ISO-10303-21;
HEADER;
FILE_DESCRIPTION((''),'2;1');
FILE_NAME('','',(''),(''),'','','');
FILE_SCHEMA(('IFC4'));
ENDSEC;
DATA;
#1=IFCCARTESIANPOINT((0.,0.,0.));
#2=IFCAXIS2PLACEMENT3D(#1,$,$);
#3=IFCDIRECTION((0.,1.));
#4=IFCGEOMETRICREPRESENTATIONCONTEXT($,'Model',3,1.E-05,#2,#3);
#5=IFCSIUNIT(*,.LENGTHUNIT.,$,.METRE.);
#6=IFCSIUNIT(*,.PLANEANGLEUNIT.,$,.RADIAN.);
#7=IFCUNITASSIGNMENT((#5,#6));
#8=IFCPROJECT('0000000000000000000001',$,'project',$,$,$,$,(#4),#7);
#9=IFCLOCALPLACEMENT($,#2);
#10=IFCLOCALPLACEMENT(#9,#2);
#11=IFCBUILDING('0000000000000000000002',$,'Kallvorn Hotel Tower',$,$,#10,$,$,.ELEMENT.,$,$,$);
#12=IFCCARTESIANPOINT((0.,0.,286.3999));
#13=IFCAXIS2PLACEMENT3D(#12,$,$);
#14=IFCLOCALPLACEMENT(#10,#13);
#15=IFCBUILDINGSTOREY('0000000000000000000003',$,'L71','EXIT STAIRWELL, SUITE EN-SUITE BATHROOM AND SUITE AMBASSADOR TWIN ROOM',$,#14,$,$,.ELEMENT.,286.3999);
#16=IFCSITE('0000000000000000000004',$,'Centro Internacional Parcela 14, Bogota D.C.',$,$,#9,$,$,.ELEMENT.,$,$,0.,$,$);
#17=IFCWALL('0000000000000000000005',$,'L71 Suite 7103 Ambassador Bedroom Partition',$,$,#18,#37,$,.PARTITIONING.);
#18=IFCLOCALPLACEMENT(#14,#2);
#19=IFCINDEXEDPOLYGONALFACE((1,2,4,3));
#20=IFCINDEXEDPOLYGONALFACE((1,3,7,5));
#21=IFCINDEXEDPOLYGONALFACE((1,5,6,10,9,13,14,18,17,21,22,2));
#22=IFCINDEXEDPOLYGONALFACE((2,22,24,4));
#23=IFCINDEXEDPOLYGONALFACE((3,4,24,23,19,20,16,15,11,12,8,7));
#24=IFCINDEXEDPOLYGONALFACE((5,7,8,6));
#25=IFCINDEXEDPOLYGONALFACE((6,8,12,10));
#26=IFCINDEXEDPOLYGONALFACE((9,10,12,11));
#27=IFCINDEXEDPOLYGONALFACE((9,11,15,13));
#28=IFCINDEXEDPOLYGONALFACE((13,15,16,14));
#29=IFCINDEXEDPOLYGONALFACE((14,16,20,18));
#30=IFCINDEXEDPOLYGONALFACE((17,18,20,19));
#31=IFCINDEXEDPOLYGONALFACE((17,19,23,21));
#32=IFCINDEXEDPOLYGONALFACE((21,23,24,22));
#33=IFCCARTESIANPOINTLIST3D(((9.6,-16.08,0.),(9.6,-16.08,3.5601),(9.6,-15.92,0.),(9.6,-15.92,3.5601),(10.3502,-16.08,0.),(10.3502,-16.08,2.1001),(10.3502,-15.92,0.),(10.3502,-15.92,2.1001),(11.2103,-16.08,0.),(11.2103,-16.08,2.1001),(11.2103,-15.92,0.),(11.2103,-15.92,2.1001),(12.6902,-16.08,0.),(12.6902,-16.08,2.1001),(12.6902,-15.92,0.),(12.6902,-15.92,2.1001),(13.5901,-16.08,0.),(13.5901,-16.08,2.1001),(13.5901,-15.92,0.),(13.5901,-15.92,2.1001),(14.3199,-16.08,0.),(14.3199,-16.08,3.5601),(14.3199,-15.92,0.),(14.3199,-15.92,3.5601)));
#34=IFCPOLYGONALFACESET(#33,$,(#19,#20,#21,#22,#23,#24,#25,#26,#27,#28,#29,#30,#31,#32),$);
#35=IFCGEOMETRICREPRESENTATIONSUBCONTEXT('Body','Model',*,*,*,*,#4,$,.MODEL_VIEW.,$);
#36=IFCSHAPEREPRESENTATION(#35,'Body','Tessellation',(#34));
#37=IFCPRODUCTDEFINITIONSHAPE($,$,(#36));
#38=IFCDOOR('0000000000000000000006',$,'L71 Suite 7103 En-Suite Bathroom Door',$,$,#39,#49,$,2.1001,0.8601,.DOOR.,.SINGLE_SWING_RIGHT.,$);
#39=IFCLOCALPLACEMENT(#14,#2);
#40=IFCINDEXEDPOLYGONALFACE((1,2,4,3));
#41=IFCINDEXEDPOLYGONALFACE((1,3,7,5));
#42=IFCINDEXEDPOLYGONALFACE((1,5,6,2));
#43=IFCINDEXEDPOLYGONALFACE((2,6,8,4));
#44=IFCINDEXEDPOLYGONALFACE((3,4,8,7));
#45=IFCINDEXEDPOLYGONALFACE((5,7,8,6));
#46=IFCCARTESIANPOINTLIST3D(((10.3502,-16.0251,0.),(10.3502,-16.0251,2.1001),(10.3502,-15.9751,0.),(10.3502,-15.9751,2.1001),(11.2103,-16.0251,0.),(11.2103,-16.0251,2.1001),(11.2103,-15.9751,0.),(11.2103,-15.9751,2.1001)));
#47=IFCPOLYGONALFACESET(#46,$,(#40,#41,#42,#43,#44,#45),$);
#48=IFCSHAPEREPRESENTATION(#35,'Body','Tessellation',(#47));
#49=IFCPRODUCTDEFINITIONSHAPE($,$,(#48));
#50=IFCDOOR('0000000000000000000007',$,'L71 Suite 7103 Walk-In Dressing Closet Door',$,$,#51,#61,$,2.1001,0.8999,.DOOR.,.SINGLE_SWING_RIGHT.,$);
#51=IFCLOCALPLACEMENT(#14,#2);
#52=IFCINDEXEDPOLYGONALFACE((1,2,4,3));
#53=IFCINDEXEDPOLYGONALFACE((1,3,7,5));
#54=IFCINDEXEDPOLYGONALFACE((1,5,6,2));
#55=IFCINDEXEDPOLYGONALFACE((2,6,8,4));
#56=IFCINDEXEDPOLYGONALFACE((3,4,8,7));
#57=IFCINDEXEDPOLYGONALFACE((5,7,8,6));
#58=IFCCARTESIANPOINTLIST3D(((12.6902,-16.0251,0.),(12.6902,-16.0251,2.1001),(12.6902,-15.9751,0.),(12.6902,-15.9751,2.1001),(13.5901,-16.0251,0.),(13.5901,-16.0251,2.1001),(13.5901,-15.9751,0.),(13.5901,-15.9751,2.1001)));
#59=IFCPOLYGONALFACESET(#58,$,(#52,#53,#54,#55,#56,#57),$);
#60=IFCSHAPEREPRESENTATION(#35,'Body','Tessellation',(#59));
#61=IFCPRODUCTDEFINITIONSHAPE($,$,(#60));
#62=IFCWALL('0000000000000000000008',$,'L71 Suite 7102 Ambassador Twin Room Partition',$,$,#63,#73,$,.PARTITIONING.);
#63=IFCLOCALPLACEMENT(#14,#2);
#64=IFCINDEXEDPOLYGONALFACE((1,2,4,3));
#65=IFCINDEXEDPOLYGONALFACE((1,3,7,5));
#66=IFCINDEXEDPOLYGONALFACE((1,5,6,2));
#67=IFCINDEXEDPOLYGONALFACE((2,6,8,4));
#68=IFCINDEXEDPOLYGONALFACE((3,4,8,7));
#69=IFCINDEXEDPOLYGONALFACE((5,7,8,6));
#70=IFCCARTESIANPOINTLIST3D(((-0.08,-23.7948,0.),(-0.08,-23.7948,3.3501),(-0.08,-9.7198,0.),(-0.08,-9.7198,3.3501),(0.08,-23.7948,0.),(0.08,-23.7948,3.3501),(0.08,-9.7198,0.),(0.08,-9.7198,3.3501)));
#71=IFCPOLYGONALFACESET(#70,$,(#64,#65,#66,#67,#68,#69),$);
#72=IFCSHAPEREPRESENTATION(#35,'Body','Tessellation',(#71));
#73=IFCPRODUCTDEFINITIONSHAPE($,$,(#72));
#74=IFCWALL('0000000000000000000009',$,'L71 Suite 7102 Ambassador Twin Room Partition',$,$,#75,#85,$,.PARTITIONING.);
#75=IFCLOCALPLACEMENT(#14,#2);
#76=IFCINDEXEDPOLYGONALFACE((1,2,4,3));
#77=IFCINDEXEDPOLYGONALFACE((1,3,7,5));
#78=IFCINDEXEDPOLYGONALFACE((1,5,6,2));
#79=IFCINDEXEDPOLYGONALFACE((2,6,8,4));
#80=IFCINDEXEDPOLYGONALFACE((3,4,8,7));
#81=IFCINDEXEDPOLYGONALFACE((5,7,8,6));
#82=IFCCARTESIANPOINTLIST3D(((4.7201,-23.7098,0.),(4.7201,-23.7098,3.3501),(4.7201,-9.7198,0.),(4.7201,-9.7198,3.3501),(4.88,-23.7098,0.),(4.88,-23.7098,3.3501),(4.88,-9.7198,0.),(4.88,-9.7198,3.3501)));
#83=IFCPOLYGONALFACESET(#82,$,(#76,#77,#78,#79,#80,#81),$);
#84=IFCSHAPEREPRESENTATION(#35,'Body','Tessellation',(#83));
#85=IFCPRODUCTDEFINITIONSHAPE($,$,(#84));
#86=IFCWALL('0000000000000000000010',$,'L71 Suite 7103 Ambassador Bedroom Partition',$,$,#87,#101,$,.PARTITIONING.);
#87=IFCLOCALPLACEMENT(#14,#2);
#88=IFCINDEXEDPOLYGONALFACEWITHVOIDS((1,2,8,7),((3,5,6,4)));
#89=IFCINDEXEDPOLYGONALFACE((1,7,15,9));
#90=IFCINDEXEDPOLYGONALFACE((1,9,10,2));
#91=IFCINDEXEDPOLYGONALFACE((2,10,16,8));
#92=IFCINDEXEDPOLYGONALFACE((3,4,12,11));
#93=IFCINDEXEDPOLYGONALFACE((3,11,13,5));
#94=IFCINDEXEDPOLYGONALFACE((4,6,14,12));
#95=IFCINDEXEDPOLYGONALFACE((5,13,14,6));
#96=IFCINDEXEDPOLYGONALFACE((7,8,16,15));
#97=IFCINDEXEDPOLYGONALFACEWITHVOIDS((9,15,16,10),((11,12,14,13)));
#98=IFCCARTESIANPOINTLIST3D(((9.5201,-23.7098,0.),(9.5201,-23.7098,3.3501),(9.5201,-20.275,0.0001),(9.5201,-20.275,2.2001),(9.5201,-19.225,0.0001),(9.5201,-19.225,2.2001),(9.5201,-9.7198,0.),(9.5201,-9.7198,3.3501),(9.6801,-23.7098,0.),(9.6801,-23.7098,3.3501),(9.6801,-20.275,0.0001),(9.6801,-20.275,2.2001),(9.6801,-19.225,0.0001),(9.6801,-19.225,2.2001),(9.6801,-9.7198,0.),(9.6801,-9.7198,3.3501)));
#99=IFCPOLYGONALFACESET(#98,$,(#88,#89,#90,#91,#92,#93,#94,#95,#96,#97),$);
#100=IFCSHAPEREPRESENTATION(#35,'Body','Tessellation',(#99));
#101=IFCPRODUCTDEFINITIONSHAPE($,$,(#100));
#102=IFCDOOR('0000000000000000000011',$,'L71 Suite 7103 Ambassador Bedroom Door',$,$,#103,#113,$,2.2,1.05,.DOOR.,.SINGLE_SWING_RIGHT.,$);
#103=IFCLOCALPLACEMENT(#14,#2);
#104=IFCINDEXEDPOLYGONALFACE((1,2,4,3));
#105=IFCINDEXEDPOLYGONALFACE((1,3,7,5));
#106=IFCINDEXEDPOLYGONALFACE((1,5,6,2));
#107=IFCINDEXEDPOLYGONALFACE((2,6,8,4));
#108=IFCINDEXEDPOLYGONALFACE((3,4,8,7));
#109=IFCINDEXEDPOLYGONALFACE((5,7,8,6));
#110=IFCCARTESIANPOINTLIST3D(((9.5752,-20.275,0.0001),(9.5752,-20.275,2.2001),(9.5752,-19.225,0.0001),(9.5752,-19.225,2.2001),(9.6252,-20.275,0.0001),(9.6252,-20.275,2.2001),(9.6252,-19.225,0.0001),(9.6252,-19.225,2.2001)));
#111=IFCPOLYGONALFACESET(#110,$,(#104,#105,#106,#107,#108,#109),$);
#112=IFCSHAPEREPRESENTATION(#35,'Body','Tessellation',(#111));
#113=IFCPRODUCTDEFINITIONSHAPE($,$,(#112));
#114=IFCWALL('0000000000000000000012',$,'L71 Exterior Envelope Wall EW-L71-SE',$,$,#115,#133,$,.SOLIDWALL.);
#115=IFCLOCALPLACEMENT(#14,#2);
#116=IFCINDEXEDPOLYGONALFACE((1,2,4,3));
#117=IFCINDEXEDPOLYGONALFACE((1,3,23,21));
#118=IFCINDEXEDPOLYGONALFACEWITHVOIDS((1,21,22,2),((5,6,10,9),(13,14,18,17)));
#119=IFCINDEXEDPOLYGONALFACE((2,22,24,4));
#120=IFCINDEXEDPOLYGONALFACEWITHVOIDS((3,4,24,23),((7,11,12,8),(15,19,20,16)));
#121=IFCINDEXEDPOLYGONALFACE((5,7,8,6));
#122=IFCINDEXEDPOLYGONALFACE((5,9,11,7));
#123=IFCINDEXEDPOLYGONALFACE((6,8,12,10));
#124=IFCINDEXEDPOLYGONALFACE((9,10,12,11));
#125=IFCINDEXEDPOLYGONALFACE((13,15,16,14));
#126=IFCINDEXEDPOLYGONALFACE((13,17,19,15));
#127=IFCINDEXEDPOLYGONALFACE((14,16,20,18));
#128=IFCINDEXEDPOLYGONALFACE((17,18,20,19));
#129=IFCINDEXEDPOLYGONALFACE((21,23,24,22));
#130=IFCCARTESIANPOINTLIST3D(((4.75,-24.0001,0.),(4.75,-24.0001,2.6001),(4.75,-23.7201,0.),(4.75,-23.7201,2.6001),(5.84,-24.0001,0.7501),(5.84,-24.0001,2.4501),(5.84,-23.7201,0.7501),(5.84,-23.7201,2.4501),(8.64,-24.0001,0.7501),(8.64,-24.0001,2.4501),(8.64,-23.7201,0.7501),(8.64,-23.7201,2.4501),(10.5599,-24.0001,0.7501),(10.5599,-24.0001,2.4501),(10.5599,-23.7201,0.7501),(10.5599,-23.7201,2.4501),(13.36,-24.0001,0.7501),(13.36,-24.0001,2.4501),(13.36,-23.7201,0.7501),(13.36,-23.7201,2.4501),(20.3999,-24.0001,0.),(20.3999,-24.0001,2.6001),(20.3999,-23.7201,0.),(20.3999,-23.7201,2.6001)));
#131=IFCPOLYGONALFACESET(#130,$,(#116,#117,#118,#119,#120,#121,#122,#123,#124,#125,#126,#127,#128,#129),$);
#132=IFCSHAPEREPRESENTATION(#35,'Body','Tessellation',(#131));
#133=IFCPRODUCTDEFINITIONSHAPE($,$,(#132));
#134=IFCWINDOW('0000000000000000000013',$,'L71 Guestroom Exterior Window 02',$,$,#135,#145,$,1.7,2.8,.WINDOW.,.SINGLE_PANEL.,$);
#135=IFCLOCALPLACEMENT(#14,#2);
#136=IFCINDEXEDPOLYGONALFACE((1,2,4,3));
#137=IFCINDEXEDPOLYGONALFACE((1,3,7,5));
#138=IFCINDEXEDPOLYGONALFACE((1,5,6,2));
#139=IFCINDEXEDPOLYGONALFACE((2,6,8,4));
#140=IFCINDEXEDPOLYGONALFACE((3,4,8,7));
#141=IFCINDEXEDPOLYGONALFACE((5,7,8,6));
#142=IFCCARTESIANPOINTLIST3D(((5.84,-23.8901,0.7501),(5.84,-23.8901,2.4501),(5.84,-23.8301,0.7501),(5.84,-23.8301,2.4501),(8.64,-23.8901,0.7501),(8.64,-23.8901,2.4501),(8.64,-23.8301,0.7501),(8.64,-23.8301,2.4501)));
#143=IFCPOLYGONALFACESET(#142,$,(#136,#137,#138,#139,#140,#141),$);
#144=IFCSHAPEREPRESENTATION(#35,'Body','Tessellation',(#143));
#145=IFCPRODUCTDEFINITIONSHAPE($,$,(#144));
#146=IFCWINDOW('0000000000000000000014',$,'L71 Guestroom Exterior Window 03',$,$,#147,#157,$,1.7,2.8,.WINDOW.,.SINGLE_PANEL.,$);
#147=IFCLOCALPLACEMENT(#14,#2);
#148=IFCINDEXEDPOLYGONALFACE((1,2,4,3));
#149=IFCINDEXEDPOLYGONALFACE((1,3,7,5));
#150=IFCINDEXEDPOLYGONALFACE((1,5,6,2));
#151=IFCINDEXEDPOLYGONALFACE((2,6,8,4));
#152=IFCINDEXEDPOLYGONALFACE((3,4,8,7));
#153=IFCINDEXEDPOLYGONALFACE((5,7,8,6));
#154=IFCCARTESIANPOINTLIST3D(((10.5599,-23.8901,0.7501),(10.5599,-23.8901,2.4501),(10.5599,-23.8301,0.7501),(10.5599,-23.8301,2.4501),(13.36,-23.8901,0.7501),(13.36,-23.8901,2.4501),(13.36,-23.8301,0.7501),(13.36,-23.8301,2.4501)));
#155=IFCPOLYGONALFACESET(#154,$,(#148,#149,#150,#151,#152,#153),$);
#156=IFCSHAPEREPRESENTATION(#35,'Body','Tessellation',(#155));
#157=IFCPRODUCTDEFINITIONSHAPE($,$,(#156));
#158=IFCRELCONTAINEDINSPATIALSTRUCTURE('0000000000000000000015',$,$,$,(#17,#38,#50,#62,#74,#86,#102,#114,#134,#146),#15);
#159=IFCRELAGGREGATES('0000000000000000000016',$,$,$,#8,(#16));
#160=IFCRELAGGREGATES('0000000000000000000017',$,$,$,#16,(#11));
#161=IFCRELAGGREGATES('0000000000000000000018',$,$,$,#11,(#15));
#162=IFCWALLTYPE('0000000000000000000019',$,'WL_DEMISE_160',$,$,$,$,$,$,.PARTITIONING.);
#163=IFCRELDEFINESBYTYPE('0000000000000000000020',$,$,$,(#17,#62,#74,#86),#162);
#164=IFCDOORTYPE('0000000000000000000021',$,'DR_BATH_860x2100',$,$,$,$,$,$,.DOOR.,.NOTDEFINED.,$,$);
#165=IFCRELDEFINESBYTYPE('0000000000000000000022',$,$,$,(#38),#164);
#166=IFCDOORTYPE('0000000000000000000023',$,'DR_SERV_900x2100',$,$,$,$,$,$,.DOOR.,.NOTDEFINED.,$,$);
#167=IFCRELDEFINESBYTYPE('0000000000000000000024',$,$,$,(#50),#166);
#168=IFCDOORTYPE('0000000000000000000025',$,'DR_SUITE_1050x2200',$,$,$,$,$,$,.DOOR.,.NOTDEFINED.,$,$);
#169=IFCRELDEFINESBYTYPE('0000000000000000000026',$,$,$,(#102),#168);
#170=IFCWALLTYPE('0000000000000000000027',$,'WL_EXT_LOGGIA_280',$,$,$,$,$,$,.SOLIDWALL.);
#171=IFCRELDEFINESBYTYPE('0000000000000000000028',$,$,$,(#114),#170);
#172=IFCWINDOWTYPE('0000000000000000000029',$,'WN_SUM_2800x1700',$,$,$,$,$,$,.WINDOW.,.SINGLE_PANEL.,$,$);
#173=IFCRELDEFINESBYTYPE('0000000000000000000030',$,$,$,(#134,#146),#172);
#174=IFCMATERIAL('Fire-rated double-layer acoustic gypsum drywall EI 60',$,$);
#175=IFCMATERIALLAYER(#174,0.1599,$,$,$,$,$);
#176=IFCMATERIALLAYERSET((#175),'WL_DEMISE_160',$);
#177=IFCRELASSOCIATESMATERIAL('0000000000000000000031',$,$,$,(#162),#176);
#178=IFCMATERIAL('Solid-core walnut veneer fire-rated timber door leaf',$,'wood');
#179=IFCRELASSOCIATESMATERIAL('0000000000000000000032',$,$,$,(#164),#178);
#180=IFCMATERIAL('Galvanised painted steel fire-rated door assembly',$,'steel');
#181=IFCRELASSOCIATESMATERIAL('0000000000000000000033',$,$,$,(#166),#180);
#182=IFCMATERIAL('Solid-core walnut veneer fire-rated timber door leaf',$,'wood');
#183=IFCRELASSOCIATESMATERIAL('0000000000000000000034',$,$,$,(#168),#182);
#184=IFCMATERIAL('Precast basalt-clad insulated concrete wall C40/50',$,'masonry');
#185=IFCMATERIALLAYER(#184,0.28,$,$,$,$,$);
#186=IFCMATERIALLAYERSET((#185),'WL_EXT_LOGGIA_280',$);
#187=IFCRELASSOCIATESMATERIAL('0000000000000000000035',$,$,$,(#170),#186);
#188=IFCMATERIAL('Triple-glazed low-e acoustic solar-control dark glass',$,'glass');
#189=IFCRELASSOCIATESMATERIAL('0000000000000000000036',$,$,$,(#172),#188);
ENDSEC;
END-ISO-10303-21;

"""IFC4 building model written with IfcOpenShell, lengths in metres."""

from ifc_helpers import new_model, si_unit, direction, frame, frame_2d, origin, place, context, subcontext, project, spatial, rectangle, extrude, material, layer, layer_set, type_object, element, fill, save


model = new_model("IFC4")

# Units and contexts
model_context = context("Model", 3, precision=1e-05, world=origin(), true_north=direction((0.0, 1.0)))
body_context = subcontext(model_context, "Body", "Model", "MODEL_VIEW")
ifc_project = project(units=[si_unit("LENGTHUNIT", "METRE"), si_unit("PLANEANGLEUNIT", "RADIAN")], contexts=[model_context])

# Site, building, storey
site_placement = place(None, origin())
site = spatial("IfcSite", under=ifc_project, at=site_placement, Name="Centro Internacional Parcela 14, Bogota D.C.", CompositionType="ELEMENT", RefElevation=0.0)
building_placement = place(site_placement, origin())
building = spatial("IfcBuilding", under=site, at=building_placement, Name="Kallvorn Hotel Tower", CompositionType="ELEMENT")
storey_placement = place(building_placement, frame((0.0, 0.0, 286.3999)))
storey = spatial("IfcBuildingStorey", under=building, at=storey_placement, Name="L71", Description="EXIT STAIRWELL, SUITE EN-SUITE BATHROOM AND SUITE AMBASSADOR TWIN ROOM", CompositionType="ELEMENT", Elevation=286.3999)

# Wall, openings, doors
ifc_material_1 = material(Name="Fire-rated double-layer acoustic gypsum drywall EI 60")
ifc_layer_1 = layer(ifc_material_1, 0.1599)
ifc_layer_set_1 = layer_set([ifc_layer_1], Name="WL_DEMISE_160")
wall_type_1 = type_object("IfcWallType", Name="WL_DEMISE_160", PredefinedType="PARTITIONING", material=ifc_layer_set_1)
wall_1_placement = place(storey_placement, frame((9.6001, -16.0, 0.0), z_axis=(0.0, 0.0, 1.0), x_axis=(1.0, 0.0, 0.0)))
wall_1 = element("IfcWall", 1, at=wall_1_placement, inside=storey, type_object=wall_type_1, Name="L71 Suite 7103 Ambassador Bedroom Partition", PredefinedType="PARTITIONING", context=body_context, shape_type="SweptSolid", body=[
    extrude(rectangle(XDim=4.72, YDim=0.1599, at=frame_2d((2.3599, 0.0))), origin(), (0.0, 0.0, 1.0), 3.5601),
])
opening_1_placement = place(wall_1_placement, frame((0.75, 0.0, 0.0)))
opening_1 = element("IfcOpeningElement", 2, at=opening_1_placement, cuts=wall_1, PredefinedType="OPENING", context=body_context, shape_type="SweptSolid", body=[
    extrude(rectangle(XDim=0.8601, YDim=2.1001, at=frame_2d((0.4302, 1.05))), frame((0.0, 0.095, 0.0), z_axis=(0.0, -1.0, 0.0), x_axis=(1.0, 0.0, 0.0)), (0.0, 0.0, 1.0), 0.1899),
])
opening_2_placement = place(wall_1_placement, frame((3.0901, 0.0, 0.0)))
opening_2 = element("IfcOpeningElement", 3, at=opening_2_placement, cuts=wall_1, PredefinedType="OPENING", context=body_context, shape_type="SweptSolid", body=[
    extrude(rectangle(XDim=0.8999, YDim=2.1001, at=frame_2d((0.45, 1.05))), frame((0.0, 0.095, 0.0), z_axis=(0.0, -1.0, 0.0), x_axis=(1.0, 0.0, 0.0)), (0.0, 0.0, 1.0), 0.1899),
])
ifc_material_2 = material(Name="Solid-core walnut veneer fire-rated timber door leaf", Category="wood")
door_type_1 = type_object("IfcDoorType", Name="DR_BATH_860x2100", OperationType="NOTDEFINED", PredefinedType="DOOR", material=ifc_material_2)
door_1_placement = place(opening_1_placement, origin())
door_1 = element("IfcDoor", 4, at=door_1_placement, inside=storey, type_object=door_type_1, Name="L71 Suite 7103 En-Suite Bathroom Door", OperationType="SINGLE_SWING_RIGHT", OverallHeight=2.1001, OverallWidth=0.8601, PredefinedType="DOOR", context=body_context, shape_type="SweptSolid", body=[
    extrude(rectangle(XDim=0.8601, YDim=2.1001, at=frame_2d((0.4302, 1.05))), frame((0.0, 0.0249, 0.0), z_axis=(0.0, -1.0, 0.0), x_axis=(1.0, 0.0, 0.0)), (0.0, 0.0, 1.0), 0.05),
])
fill(opening_1, door_1)
ifc_material_3 = material(Name="Galvanised painted steel fire-rated door assembly", Category="steel")
door_type_2 = type_object("IfcDoorType", Name="DR_SERV_900x2100", OperationType="NOTDEFINED", PredefinedType="DOOR", material=ifc_material_3)
door_2_placement = place(opening_2_placement, origin())
door_2 = element("IfcDoor", 5, at=door_2_placement, inside=storey, type_object=door_type_2, Name="L71 Suite 7103 Walk-In Dressing Closet Door", OperationType="SINGLE_SWING_RIGHT", OverallHeight=2.1001, OverallWidth=0.8999, PredefinedType="DOOR", context=body_context, shape_type="SweptSolid", body=[
    extrude(rectangle(XDim=0.8999, YDim=2.1001, at=frame_2d((0.45, 1.05))), frame((0.0, 0.0249, 0.0), z_axis=(0.0, -1.0, 0.0), x_axis=(1.0, 0.0, 0.0)), (0.0, 0.0, 1.0), 0.05),
])
fill(opening_2, door_2)

# Walls
wall_2_placement = place(storey_placement, frame((0.0, -23.7949, 0.0), z_axis=(0.0, 0.0, 1.0), x_axis=(0.0, 1.0, 0.0)))
element("IfcWall", 6, at=wall_2_placement, inside=storey, type_object=wall_type_1, Name="L71 Suite 7102 Ambassador Twin Room Partition", PredefinedType="PARTITIONING", context=body_context, shape_type="SweptSolid", body=[
    extrude(rectangle(XDim=14.075, YDim=0.1599, at=frame_2d((7.0376, 0.0))), origin(), (0.0, 0.0, 1.0), 3.3501),
])
wall_3_placement = place(storey_placement, frame((4.8, -23.71, 0.0), z_axis=(0.0, 0.0, 1.0), x_axis=(0.0, 1.0, 0.0)))
element("IfcWall", 7, at=wall_3_placement, inside=storey, type_object=wall_type_1, Name="L71 Suite 7102 Ambassador Twin Room Partition", PredefinedType="PARTITIONING", context=body_context, shape_type="SweptSolid", body=[
    extrude(rectangle(XDim=13.99, YDim=0.1599, at=frame_2d((6.9951, 0.0))), origin(), (0.0, 0.0, 1.0), 3.3501),
])

# Wall, opening, door
wall_4_placement = place(storey_placement, frame((9.6001, -23.71, 0.0), z_axis=(0.0, 0.0, 1.0), x_axis=(0.0, 1.0, 0.0)))
wall_4 = element("IfcWall", 8, at=wall_4_placement, inside=storey, type_object=wall_type_1, Name="L71 Suite 7103 Ambassador Bedroom Partition", PredefinedType="PARTITIONING", context=body_context, shape_type="SweptSolid", body=[
    extrude(rectangle(XDim=13.99, YDim=0.1599, at=frame_2d((6.9951, 0.0))), origin(), (0.0, 0.0, 1.0), 3.3501),
])
opening_3_placement = place(wall_4_placement, frame((3.4351, 0.0, 0.0)))
opening_3 = element("IfcOpeningElement", 9, at=opening_3_placement, cuts=wall_4, PredefinedType="OPENING", context=body_context, shape_type="SweptSolid", body=[
    extrude(rectangle(XDim=1.05, YDim=2.2, at=frame_2d((0.5249, 1.1001))), frame((0.0, 0.095, 0.0), z_axis=(0.0, -1.0, 0.0), x_axis=(1.0, 0.0, 0.0)), (0.0, 0.0, 1.0), 0.1899),
])
ifc_material_4 = material(Name="Solid-core walnut veneer fire-rated timber door leaf", Category="wood")
door_type_3 = type_object("IfcDoorType", Name="DR_SUITE_1050x2200", OperationType="NOTDEFINED", PredefinedType="DOOR", material=ifc_material_4)
door_3_placement = place(opening_3_placement, origin())
door_3 = element("IfcDoor", 10, at=door_3_placement, inside=storey, type_object=door_type_3, Name="L71 Suite 7103 Ambassador Bedroom Door", OperationType="SINGLE_SWING_RIGHT", OverallHeight=2.2, OverallWidth=1.05, PredefinedType="DOOR", context=body_context, shape_type="SweptSolid", body=[
    extrude(rectangle(XDim=1.05, YDim=2.2, at=frame_2d((0.5249, 1.1001))), frame((0.0, 0.0249, 0.0), z_axis=(0.0, -1.0, 0.0), x_axis=(1.0, 0.0, 0.0)), (0.0, 0.0, 1.0), 0.05),
])
fill(opening_3, door_3)

# Wall, openings, windows
ifc_material_5 = material(Name="Precast basalt-clad insulated concrete wall C40/50", Category="masonry")
ifc_layer_2 = layer(ifc_material_5, 0.28)
ifc_layer_set_2 = layer_set([ifc_layer_2], Name="WL_EXT_LOGGIA_280")
wall_type_2 = type_object("IfcWallType", Name="WL_EXT_LOGGIA_280", PredefinedType="SOLIDWALL", material=ifc_layer_set_2)
wall_5_placement = place(storey_placement, frame((4.75, -23.8601, 0.0), z_axis=(0.0, 0.0, 1.0), x_axis=(1.0, 0.0, 0.0)))
wall_5 = element("IfcWall", 11, at=wall_5_placement, inside=storey, type_object=wall_type_2, Name="L71 Exterior Envelope Wall EW-L71-SE", PredefinedType="SOLIDWALL", context=body_context, shape_type="SweptSolid", body=[
    extrude(rectangle(XDim=15.6499, YDim=0.28, at=frame_2d((7.825, 0.0))), origin(), (0.0, 0.0, 1.0), 2.6001),
])
opening_4_placement = place(wall_5_placement, frame((1.0901, 0.0, 0.75)))
opening_4 = element("IfcOpeningElement", 12, at=opening_4_placement, cuts=wall_5, PredefinedType="OPENING", context=body_context, shape_type="SweptSolid", body=[
    extrude(rectangle(XDim=2.8, YDim=1.7, at=frame_2d((1.3999, 0.8501))), frame((0.0, 0.155, 0.0), z_axis=(0.0, -1.0, 0.0), x_axis=(1.0, 0.0, 0.0)), (0.0, 0.0, 1.0), 0.3101),
])
opening_5_placement = place(wall_5_placement, frame((5.8101, 0.0, 0.75)))
opening_5 = element("IfcOpeningElement", 13, at=opening_5_placement, cuts=wall_5, PredefinedType="OPENING", context=body_context, shape_type="SweptSolid", body=[
    extrude(rectangle(XDim=2.8, YDim=1.7, at=frame_2d((1.3999, 0.8501))), frame((0.0, 0.155, 0.0), z_axis=(0.0, -1.0, 0.0), x_axis=(1.0, 0.0, 0.0)), (0.0, 0.0, 1.0), 0.3101),
])
ifc_material_6 = material(Name="Triple-glazed low-e acoustic solar-control dark glass", Category="glass")
window_type = type_object("IfcWindowType", Name="WN_SUM_2800x1700", PartitioningType="SINGLE_PANEL", PredefinedType="WINDOW", material=ifc_material_6)
window_1_placement = place(opening_4_placement, origin())
window_1 = element("IfcWindow", 14, at=window_1_placement, inside=storey, type_object=window_type, Name="L71 Guestroom Exterior Window 02", OverallHeight=1.7, OverallWidth=2.8, PartitioningType="SINGLE_PANEL", PredefinedType="WINDOW", context=body_context, shape_type="SweptSolid", body=[
    extrude(rectangle(XDim=2.8, YDim=1.7, at=frame_2d((1.3999, 0.8501))), frame((0.0, 0.03, 0.0), z_axis=(0.0, -1.0, 0.0), x_axis=(1.0, 0.0, 0.0)), (0.0, 0.0, 1.0), 0.0601),
])
fill(opening_4, window_1)
window_2_placement = place(opening_5_placement, origin())
window_2 = element("IfcWindow", 15, at=window_2_placement, inside=storey, type_object=window_type, Name="L71 Guestroom Exterior Window 03", OverallHeight=1.7, OverallWidth=2.8, PartitioningType="SINGLE_PANEL", PredefinedType="WINDOW", context=body_context, shape_type="SweptSolid", body=[
    extrude(rectangle(XDim=2.8, YDim=1.7, at=frame_2d((1.3999, 0.8501))), frame((0.0, 0.03, 0.0), z_axis=(0.0, -1.0, 0.0), x_axis=(1.0, 0.0, 0.0)), (0.0, 0.0, 1.0), 0.0601),
])
fill(opening_5, window_2)

save(model, "model.ifc")
